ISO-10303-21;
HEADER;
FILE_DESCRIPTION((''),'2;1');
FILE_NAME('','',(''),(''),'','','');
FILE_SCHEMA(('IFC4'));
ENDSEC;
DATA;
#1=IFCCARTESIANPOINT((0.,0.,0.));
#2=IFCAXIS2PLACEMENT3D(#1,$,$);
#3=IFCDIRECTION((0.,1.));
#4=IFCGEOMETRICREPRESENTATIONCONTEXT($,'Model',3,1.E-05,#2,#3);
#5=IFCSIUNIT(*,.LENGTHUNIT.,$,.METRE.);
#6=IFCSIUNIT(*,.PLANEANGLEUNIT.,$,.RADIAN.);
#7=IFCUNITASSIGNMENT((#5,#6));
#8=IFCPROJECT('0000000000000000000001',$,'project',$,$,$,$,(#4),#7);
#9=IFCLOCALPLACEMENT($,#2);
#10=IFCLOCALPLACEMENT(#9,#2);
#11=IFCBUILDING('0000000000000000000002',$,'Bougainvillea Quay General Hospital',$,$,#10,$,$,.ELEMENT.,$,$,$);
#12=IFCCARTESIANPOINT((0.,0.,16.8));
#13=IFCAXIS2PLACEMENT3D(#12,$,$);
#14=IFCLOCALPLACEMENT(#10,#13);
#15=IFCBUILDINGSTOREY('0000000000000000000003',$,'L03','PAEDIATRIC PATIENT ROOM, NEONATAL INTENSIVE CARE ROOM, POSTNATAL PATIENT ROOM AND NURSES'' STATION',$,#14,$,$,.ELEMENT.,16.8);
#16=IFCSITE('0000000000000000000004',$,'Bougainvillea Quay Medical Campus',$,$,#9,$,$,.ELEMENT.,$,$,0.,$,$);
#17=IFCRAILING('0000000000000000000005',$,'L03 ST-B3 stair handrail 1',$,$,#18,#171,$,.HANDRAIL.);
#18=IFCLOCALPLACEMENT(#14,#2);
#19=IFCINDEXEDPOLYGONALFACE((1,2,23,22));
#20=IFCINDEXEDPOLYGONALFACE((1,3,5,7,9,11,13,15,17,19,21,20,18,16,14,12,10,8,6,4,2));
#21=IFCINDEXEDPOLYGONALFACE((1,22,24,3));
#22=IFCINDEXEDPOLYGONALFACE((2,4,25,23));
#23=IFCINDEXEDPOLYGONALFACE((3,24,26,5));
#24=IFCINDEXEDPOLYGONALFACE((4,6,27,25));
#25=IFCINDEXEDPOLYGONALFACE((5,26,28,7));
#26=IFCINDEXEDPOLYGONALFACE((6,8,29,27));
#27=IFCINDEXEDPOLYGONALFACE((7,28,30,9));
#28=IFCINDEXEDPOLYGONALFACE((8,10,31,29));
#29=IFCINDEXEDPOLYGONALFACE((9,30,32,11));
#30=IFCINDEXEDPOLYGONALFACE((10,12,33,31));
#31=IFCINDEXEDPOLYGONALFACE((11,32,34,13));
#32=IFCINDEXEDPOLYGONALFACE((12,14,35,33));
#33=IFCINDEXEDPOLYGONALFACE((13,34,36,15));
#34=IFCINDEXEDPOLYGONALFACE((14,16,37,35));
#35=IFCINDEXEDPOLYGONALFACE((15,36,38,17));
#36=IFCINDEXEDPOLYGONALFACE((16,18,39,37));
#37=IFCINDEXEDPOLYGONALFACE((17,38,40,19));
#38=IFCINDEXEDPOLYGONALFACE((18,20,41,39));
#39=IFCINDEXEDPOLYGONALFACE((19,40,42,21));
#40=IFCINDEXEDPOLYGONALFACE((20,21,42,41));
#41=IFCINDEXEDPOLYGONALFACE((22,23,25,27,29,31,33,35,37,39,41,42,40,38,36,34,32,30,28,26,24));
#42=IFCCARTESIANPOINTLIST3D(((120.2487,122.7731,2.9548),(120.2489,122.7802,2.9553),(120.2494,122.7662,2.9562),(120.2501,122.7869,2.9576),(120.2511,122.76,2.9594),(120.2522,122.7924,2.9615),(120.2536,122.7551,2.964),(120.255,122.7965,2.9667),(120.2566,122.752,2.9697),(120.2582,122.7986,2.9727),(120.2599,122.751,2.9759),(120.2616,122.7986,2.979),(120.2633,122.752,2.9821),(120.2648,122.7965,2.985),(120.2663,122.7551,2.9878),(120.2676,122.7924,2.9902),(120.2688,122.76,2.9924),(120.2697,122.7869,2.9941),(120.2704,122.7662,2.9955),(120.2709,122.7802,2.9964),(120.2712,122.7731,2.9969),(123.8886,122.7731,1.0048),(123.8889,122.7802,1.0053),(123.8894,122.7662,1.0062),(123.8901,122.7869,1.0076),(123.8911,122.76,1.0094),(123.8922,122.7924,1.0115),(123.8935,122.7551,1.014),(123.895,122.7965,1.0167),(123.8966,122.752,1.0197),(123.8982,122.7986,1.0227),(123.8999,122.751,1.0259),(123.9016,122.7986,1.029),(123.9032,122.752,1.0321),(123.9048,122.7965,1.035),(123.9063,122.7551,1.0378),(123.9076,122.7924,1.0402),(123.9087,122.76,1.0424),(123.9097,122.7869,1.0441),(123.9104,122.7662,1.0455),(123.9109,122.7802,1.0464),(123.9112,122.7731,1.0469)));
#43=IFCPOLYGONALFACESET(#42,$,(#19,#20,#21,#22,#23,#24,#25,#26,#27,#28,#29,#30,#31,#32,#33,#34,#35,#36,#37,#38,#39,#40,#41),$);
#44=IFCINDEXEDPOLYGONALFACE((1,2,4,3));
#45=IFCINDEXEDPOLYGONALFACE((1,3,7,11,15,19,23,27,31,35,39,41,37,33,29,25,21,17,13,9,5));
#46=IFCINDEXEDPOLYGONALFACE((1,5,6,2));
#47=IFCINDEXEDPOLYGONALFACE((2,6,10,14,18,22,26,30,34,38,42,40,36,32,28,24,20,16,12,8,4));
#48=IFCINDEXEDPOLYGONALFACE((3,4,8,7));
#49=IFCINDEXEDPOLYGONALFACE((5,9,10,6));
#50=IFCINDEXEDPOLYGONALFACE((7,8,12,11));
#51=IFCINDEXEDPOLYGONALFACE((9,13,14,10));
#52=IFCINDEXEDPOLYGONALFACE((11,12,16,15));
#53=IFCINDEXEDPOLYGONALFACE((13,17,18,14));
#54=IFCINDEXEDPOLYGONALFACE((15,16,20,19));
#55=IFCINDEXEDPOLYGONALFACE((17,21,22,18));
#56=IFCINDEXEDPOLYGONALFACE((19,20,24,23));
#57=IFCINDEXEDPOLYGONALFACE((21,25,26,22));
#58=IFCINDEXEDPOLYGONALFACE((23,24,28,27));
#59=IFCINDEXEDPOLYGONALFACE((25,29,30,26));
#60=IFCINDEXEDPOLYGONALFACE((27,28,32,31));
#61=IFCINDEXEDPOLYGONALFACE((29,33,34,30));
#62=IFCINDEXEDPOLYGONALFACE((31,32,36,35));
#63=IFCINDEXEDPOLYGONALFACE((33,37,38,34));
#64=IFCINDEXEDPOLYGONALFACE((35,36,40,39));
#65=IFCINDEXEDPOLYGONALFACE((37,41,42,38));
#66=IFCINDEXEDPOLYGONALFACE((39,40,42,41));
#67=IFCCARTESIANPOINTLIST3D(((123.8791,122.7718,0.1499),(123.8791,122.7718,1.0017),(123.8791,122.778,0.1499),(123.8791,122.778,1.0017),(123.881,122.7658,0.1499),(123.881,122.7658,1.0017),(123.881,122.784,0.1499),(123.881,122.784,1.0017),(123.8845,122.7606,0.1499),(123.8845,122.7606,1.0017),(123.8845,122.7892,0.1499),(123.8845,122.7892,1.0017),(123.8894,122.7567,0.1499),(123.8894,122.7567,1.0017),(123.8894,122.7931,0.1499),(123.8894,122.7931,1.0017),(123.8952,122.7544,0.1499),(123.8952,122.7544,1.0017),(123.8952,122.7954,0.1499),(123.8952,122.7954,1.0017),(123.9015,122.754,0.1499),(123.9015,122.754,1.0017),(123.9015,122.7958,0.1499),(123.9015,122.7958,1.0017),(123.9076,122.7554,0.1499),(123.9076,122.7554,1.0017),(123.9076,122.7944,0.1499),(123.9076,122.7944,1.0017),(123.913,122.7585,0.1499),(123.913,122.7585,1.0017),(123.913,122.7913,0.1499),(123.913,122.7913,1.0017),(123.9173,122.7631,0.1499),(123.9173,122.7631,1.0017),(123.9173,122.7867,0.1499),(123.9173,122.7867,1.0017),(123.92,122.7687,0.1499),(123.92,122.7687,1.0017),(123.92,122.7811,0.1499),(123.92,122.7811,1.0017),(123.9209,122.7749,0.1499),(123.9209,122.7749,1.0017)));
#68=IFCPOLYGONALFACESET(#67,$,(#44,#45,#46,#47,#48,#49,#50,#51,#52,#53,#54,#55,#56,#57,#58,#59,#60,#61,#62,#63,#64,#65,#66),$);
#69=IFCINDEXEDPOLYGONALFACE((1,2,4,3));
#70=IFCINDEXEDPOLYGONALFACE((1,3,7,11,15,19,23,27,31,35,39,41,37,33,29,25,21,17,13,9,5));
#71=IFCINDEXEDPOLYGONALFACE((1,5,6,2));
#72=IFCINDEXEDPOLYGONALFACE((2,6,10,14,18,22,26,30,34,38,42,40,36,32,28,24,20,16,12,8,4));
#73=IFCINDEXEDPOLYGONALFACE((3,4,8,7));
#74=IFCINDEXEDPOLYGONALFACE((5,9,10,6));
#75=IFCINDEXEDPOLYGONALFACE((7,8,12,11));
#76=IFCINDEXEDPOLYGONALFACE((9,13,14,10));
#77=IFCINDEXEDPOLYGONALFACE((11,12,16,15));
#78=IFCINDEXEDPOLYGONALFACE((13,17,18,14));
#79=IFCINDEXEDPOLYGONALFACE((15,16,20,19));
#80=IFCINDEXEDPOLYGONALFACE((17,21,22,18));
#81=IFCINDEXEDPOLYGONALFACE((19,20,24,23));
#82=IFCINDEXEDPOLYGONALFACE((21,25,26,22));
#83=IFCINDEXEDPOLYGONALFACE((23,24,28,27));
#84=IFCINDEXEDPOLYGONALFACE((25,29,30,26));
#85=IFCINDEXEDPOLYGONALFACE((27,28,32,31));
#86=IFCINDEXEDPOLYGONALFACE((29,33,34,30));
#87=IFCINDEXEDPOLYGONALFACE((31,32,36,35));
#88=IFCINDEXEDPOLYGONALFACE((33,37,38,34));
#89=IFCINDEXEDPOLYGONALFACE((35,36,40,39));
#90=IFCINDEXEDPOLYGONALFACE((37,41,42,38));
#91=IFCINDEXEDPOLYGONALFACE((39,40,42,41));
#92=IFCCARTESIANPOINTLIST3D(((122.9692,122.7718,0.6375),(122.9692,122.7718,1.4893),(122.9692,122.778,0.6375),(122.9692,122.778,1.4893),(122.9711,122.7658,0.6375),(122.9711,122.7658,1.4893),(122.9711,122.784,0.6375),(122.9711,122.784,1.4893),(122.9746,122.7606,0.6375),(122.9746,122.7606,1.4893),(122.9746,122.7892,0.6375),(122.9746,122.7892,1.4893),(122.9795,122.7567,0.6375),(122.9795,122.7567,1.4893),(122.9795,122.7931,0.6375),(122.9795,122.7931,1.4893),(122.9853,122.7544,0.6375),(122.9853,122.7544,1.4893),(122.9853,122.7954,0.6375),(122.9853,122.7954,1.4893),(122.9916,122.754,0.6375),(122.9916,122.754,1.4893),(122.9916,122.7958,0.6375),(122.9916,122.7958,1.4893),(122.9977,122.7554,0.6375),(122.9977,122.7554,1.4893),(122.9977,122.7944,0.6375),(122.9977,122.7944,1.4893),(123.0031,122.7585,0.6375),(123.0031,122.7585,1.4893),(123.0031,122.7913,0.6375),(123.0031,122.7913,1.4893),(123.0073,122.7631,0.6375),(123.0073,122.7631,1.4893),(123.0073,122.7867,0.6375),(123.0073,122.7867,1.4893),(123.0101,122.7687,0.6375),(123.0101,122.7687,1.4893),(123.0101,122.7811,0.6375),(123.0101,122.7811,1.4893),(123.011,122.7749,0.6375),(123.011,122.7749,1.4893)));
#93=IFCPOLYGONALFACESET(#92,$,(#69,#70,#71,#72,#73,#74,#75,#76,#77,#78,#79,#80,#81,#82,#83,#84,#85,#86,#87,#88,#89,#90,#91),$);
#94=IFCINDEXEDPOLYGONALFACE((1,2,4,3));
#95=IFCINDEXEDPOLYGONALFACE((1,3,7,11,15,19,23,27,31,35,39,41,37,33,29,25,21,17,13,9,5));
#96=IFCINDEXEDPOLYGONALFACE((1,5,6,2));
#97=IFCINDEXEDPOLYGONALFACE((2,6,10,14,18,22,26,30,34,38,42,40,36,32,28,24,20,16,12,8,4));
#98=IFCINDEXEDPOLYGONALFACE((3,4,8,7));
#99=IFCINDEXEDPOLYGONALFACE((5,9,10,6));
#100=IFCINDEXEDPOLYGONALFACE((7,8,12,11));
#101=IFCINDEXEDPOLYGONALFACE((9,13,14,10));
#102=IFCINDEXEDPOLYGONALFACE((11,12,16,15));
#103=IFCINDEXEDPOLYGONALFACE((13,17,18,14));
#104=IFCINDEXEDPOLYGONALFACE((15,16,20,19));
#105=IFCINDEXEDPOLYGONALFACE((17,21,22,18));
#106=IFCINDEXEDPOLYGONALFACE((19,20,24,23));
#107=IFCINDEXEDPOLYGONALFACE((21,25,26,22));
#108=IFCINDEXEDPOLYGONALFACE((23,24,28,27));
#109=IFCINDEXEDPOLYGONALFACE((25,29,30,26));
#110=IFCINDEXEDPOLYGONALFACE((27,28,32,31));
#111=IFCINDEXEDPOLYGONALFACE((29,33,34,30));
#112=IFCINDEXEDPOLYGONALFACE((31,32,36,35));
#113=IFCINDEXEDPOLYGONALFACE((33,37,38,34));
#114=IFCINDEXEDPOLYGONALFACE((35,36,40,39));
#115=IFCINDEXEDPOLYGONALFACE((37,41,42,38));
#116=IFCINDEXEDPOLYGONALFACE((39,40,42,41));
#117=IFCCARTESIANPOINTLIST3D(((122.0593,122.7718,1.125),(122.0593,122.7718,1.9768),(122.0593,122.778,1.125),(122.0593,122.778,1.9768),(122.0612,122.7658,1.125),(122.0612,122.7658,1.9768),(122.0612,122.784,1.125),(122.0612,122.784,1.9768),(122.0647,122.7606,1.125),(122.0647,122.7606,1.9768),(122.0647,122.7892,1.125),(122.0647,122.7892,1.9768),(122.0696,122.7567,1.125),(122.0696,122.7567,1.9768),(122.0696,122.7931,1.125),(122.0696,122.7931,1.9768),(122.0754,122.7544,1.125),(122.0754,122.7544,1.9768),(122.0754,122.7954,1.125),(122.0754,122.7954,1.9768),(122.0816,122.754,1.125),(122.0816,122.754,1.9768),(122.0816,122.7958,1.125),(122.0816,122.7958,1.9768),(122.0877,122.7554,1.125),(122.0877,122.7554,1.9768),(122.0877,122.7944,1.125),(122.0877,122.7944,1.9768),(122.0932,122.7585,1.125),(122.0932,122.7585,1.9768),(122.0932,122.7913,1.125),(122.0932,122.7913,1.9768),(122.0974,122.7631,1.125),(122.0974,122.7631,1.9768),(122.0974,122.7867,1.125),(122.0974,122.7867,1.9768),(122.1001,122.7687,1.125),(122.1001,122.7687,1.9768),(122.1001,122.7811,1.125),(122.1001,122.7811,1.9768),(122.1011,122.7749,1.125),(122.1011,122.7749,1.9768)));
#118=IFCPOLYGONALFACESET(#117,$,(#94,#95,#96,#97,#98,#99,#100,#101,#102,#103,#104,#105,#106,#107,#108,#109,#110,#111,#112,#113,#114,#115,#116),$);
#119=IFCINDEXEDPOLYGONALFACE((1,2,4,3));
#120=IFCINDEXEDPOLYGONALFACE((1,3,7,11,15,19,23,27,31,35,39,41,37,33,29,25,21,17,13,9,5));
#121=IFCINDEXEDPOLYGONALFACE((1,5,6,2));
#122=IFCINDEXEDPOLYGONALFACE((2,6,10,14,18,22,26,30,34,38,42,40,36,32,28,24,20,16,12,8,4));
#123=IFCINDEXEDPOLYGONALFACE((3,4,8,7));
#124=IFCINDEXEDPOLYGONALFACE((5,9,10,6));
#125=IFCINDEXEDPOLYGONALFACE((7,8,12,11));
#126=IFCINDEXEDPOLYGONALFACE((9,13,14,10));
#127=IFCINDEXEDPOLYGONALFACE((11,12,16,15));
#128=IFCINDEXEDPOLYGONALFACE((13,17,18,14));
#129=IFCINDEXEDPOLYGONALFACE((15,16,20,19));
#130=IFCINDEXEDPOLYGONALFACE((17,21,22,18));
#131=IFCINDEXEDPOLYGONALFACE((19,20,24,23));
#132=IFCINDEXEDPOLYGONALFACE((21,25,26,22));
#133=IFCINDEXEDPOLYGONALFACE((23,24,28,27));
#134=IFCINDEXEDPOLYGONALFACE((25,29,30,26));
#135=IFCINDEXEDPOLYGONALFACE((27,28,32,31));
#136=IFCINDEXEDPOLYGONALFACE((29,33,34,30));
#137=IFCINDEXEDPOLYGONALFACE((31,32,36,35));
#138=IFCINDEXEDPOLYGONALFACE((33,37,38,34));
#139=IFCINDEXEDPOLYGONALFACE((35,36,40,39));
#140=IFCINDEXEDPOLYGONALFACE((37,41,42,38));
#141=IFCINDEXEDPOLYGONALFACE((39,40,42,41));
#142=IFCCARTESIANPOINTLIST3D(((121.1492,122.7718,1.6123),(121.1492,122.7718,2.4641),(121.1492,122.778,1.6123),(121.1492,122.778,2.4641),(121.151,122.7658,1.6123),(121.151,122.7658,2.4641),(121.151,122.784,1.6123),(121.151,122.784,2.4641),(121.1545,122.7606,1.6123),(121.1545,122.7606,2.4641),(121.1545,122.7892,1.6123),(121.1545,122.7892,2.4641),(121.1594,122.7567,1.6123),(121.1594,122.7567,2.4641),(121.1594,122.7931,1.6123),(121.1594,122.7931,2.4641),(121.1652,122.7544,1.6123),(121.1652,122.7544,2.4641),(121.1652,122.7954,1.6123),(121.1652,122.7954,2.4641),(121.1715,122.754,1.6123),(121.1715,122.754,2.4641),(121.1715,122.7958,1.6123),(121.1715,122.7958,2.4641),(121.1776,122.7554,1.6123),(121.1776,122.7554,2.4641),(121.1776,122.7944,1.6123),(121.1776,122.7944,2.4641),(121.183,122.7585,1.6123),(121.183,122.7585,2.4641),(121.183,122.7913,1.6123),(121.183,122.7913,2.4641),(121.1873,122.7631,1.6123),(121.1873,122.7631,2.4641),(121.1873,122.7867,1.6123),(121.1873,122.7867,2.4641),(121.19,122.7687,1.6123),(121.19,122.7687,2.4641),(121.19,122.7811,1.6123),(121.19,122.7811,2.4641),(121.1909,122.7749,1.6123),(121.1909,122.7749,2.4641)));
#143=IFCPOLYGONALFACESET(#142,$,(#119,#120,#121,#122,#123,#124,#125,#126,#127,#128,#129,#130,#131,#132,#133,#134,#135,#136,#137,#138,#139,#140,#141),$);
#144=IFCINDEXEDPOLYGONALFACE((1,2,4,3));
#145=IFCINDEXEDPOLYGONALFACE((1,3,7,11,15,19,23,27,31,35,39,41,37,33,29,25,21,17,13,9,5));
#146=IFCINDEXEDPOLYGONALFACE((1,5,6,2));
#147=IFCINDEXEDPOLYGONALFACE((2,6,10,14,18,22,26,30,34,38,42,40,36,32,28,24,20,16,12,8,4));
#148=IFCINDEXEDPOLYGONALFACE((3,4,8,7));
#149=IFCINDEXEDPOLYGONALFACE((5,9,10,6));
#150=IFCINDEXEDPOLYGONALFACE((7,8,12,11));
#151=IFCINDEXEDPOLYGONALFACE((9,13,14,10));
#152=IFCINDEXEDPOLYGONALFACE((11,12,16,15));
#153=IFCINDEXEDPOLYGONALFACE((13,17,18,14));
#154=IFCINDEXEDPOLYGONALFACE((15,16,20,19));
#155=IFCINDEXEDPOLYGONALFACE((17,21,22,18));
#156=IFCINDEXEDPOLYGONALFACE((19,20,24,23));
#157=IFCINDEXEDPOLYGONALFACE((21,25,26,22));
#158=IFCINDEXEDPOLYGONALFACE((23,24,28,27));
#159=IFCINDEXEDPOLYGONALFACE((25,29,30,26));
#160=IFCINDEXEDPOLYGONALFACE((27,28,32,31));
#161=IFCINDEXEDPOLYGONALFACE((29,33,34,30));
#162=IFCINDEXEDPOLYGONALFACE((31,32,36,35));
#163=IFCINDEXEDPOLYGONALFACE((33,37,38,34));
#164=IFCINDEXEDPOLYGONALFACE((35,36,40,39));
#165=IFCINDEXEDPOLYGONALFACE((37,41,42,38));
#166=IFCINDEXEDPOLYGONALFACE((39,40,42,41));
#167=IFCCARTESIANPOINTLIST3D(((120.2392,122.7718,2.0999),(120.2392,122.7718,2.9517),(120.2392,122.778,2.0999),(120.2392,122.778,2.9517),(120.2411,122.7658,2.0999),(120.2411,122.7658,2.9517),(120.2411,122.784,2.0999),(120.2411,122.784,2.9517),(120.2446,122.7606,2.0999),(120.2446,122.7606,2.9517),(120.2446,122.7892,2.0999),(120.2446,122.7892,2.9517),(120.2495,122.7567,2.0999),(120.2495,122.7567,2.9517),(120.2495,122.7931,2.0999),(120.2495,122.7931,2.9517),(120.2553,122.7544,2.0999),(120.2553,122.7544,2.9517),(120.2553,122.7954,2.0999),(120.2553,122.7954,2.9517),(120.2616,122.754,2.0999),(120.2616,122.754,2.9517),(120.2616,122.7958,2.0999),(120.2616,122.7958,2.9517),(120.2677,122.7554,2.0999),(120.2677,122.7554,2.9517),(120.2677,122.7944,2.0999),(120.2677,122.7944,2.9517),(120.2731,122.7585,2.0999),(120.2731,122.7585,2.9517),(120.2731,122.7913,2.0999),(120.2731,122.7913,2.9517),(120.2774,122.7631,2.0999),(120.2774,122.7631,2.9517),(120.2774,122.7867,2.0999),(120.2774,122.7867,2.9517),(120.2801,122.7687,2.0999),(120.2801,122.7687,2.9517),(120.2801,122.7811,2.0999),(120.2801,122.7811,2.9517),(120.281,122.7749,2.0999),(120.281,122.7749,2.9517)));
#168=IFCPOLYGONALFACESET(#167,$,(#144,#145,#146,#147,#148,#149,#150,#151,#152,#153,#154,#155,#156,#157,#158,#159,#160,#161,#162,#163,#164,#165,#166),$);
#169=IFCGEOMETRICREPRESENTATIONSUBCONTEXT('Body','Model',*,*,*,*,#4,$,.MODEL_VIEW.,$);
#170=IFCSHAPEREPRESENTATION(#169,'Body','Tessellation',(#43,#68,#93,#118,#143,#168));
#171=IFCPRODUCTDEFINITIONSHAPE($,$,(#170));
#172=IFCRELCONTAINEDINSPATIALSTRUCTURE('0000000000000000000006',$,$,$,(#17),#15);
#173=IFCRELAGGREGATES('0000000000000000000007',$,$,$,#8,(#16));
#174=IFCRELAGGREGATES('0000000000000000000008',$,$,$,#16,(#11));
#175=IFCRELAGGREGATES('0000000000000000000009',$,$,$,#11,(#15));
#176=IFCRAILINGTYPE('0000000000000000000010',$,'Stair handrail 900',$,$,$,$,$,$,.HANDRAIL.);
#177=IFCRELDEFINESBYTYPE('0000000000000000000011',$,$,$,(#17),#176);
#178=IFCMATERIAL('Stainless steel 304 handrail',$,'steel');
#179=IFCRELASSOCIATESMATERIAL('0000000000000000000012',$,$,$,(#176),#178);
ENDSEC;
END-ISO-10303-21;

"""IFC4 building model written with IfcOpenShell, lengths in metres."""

from ifc_helpers import new_model, si_unit, direction, frame, origin, origin_2d, place, context, subcontext, project, spatial, circle, extrude, material, type_object, element, save


model = new_model("IFC4")

# Units and contexts
model_context = context("Model", 3, precision=1e-05, world=origin(), true_north=direction((0.0, 1.0)))
body_context = subcontext(model_context, "Body", "Model", "MODEL_VIEW")
ifc_project = project(units=[si_unit("LENGTHUNIT", "METRE"), si_unit("PLANEANGLEUNIT", "RADIAN")], contexts=[model_context])

# Site, building, storey
site_placement = place(None, origin())
site = spatial("IfcSite", under=ifc_project, at=site_placement, Name="Bougainvillea Quay Medical Campus", CompositionType="ELEMENT", RefElevation=0.0)
building_placement = place(site_placement, origin())
building = spatial("IfcBuilding", under=site, at=building_placement, Name="Bougainvillea Quay General Hospital", CompositionType="ELEMENT")
storey_placement = place(building_placement, frame((0.0, 0.0, 16.8)))
storey = spatial("IfcBuildingStorey", under=building, at=storey_placement, Name="L03", Description="PAEDIATRIC PATIENT ROOM, NEONATAL INTENSIVE CARE ROOM, POSTNATAL PATIENT ROOM AND NURSES' STATION", CompositionType="ELEMENT", Elevation=16.8)

# Railing
ifc_material_1 = material(Name="Stainless steel 304 handrail", Category="steel")
railing_type_1 = type_object("IfcRailingType", Name="Stair handrail 900", PredefinedType="HANDRAIL", material=ifc_material_1)
railing_1_placement = place(storey_placement, frame((123.8999, 122.7749, 0.1499)))
element("IfcRailing", 1, at=railing_1_placement, inside=storey, type_object=railing_type_1, Name="L03 ST-B3 stair handrail 1", PredefinedType="HANDRAIL", context=body_context, shape_type="SweptSolid", body=[
    extrude(circle(Radius=0.0239, at=origin_2d()), frame((0.0, 0.0, 0.876), z_axis=(-0.881479, 0.0, 0.472223), x_axis=(0.0, -1.0, 0.0)), (0.0, 0.0, 1.0), 4.1294),
    extrude(circle(Radius=0.021, at=origin_2d()), origin(), (0.0, 0.0, 1.0), 0.8518),
    extrude(circle(Radius=0.021, at=origin_2d()), frame((-0.9099, 0.0, 0.4875)), (0.0, 0.0, 1.0), 0.8518),
    extrude(circle(Radius=0.021, at=origin_2d()), frame((-1.8198, 0.0, 0.9751)), (0.0, 0.0, 1.0), 0.8518),
    extrude(circle(Radius=0.021, at=origin_2d()), frame((-2.73, 0.0, 1.4624)), (0.0, 0.0, 1.0), 0.8518),
    extrude(circle(Radius=0.021, at=origin_2d()), frame((-3.6399, 0.0, 1.95)), (0.0, 0.0, 1.0), 0.8518),
])

save(model, "model.ifc")
